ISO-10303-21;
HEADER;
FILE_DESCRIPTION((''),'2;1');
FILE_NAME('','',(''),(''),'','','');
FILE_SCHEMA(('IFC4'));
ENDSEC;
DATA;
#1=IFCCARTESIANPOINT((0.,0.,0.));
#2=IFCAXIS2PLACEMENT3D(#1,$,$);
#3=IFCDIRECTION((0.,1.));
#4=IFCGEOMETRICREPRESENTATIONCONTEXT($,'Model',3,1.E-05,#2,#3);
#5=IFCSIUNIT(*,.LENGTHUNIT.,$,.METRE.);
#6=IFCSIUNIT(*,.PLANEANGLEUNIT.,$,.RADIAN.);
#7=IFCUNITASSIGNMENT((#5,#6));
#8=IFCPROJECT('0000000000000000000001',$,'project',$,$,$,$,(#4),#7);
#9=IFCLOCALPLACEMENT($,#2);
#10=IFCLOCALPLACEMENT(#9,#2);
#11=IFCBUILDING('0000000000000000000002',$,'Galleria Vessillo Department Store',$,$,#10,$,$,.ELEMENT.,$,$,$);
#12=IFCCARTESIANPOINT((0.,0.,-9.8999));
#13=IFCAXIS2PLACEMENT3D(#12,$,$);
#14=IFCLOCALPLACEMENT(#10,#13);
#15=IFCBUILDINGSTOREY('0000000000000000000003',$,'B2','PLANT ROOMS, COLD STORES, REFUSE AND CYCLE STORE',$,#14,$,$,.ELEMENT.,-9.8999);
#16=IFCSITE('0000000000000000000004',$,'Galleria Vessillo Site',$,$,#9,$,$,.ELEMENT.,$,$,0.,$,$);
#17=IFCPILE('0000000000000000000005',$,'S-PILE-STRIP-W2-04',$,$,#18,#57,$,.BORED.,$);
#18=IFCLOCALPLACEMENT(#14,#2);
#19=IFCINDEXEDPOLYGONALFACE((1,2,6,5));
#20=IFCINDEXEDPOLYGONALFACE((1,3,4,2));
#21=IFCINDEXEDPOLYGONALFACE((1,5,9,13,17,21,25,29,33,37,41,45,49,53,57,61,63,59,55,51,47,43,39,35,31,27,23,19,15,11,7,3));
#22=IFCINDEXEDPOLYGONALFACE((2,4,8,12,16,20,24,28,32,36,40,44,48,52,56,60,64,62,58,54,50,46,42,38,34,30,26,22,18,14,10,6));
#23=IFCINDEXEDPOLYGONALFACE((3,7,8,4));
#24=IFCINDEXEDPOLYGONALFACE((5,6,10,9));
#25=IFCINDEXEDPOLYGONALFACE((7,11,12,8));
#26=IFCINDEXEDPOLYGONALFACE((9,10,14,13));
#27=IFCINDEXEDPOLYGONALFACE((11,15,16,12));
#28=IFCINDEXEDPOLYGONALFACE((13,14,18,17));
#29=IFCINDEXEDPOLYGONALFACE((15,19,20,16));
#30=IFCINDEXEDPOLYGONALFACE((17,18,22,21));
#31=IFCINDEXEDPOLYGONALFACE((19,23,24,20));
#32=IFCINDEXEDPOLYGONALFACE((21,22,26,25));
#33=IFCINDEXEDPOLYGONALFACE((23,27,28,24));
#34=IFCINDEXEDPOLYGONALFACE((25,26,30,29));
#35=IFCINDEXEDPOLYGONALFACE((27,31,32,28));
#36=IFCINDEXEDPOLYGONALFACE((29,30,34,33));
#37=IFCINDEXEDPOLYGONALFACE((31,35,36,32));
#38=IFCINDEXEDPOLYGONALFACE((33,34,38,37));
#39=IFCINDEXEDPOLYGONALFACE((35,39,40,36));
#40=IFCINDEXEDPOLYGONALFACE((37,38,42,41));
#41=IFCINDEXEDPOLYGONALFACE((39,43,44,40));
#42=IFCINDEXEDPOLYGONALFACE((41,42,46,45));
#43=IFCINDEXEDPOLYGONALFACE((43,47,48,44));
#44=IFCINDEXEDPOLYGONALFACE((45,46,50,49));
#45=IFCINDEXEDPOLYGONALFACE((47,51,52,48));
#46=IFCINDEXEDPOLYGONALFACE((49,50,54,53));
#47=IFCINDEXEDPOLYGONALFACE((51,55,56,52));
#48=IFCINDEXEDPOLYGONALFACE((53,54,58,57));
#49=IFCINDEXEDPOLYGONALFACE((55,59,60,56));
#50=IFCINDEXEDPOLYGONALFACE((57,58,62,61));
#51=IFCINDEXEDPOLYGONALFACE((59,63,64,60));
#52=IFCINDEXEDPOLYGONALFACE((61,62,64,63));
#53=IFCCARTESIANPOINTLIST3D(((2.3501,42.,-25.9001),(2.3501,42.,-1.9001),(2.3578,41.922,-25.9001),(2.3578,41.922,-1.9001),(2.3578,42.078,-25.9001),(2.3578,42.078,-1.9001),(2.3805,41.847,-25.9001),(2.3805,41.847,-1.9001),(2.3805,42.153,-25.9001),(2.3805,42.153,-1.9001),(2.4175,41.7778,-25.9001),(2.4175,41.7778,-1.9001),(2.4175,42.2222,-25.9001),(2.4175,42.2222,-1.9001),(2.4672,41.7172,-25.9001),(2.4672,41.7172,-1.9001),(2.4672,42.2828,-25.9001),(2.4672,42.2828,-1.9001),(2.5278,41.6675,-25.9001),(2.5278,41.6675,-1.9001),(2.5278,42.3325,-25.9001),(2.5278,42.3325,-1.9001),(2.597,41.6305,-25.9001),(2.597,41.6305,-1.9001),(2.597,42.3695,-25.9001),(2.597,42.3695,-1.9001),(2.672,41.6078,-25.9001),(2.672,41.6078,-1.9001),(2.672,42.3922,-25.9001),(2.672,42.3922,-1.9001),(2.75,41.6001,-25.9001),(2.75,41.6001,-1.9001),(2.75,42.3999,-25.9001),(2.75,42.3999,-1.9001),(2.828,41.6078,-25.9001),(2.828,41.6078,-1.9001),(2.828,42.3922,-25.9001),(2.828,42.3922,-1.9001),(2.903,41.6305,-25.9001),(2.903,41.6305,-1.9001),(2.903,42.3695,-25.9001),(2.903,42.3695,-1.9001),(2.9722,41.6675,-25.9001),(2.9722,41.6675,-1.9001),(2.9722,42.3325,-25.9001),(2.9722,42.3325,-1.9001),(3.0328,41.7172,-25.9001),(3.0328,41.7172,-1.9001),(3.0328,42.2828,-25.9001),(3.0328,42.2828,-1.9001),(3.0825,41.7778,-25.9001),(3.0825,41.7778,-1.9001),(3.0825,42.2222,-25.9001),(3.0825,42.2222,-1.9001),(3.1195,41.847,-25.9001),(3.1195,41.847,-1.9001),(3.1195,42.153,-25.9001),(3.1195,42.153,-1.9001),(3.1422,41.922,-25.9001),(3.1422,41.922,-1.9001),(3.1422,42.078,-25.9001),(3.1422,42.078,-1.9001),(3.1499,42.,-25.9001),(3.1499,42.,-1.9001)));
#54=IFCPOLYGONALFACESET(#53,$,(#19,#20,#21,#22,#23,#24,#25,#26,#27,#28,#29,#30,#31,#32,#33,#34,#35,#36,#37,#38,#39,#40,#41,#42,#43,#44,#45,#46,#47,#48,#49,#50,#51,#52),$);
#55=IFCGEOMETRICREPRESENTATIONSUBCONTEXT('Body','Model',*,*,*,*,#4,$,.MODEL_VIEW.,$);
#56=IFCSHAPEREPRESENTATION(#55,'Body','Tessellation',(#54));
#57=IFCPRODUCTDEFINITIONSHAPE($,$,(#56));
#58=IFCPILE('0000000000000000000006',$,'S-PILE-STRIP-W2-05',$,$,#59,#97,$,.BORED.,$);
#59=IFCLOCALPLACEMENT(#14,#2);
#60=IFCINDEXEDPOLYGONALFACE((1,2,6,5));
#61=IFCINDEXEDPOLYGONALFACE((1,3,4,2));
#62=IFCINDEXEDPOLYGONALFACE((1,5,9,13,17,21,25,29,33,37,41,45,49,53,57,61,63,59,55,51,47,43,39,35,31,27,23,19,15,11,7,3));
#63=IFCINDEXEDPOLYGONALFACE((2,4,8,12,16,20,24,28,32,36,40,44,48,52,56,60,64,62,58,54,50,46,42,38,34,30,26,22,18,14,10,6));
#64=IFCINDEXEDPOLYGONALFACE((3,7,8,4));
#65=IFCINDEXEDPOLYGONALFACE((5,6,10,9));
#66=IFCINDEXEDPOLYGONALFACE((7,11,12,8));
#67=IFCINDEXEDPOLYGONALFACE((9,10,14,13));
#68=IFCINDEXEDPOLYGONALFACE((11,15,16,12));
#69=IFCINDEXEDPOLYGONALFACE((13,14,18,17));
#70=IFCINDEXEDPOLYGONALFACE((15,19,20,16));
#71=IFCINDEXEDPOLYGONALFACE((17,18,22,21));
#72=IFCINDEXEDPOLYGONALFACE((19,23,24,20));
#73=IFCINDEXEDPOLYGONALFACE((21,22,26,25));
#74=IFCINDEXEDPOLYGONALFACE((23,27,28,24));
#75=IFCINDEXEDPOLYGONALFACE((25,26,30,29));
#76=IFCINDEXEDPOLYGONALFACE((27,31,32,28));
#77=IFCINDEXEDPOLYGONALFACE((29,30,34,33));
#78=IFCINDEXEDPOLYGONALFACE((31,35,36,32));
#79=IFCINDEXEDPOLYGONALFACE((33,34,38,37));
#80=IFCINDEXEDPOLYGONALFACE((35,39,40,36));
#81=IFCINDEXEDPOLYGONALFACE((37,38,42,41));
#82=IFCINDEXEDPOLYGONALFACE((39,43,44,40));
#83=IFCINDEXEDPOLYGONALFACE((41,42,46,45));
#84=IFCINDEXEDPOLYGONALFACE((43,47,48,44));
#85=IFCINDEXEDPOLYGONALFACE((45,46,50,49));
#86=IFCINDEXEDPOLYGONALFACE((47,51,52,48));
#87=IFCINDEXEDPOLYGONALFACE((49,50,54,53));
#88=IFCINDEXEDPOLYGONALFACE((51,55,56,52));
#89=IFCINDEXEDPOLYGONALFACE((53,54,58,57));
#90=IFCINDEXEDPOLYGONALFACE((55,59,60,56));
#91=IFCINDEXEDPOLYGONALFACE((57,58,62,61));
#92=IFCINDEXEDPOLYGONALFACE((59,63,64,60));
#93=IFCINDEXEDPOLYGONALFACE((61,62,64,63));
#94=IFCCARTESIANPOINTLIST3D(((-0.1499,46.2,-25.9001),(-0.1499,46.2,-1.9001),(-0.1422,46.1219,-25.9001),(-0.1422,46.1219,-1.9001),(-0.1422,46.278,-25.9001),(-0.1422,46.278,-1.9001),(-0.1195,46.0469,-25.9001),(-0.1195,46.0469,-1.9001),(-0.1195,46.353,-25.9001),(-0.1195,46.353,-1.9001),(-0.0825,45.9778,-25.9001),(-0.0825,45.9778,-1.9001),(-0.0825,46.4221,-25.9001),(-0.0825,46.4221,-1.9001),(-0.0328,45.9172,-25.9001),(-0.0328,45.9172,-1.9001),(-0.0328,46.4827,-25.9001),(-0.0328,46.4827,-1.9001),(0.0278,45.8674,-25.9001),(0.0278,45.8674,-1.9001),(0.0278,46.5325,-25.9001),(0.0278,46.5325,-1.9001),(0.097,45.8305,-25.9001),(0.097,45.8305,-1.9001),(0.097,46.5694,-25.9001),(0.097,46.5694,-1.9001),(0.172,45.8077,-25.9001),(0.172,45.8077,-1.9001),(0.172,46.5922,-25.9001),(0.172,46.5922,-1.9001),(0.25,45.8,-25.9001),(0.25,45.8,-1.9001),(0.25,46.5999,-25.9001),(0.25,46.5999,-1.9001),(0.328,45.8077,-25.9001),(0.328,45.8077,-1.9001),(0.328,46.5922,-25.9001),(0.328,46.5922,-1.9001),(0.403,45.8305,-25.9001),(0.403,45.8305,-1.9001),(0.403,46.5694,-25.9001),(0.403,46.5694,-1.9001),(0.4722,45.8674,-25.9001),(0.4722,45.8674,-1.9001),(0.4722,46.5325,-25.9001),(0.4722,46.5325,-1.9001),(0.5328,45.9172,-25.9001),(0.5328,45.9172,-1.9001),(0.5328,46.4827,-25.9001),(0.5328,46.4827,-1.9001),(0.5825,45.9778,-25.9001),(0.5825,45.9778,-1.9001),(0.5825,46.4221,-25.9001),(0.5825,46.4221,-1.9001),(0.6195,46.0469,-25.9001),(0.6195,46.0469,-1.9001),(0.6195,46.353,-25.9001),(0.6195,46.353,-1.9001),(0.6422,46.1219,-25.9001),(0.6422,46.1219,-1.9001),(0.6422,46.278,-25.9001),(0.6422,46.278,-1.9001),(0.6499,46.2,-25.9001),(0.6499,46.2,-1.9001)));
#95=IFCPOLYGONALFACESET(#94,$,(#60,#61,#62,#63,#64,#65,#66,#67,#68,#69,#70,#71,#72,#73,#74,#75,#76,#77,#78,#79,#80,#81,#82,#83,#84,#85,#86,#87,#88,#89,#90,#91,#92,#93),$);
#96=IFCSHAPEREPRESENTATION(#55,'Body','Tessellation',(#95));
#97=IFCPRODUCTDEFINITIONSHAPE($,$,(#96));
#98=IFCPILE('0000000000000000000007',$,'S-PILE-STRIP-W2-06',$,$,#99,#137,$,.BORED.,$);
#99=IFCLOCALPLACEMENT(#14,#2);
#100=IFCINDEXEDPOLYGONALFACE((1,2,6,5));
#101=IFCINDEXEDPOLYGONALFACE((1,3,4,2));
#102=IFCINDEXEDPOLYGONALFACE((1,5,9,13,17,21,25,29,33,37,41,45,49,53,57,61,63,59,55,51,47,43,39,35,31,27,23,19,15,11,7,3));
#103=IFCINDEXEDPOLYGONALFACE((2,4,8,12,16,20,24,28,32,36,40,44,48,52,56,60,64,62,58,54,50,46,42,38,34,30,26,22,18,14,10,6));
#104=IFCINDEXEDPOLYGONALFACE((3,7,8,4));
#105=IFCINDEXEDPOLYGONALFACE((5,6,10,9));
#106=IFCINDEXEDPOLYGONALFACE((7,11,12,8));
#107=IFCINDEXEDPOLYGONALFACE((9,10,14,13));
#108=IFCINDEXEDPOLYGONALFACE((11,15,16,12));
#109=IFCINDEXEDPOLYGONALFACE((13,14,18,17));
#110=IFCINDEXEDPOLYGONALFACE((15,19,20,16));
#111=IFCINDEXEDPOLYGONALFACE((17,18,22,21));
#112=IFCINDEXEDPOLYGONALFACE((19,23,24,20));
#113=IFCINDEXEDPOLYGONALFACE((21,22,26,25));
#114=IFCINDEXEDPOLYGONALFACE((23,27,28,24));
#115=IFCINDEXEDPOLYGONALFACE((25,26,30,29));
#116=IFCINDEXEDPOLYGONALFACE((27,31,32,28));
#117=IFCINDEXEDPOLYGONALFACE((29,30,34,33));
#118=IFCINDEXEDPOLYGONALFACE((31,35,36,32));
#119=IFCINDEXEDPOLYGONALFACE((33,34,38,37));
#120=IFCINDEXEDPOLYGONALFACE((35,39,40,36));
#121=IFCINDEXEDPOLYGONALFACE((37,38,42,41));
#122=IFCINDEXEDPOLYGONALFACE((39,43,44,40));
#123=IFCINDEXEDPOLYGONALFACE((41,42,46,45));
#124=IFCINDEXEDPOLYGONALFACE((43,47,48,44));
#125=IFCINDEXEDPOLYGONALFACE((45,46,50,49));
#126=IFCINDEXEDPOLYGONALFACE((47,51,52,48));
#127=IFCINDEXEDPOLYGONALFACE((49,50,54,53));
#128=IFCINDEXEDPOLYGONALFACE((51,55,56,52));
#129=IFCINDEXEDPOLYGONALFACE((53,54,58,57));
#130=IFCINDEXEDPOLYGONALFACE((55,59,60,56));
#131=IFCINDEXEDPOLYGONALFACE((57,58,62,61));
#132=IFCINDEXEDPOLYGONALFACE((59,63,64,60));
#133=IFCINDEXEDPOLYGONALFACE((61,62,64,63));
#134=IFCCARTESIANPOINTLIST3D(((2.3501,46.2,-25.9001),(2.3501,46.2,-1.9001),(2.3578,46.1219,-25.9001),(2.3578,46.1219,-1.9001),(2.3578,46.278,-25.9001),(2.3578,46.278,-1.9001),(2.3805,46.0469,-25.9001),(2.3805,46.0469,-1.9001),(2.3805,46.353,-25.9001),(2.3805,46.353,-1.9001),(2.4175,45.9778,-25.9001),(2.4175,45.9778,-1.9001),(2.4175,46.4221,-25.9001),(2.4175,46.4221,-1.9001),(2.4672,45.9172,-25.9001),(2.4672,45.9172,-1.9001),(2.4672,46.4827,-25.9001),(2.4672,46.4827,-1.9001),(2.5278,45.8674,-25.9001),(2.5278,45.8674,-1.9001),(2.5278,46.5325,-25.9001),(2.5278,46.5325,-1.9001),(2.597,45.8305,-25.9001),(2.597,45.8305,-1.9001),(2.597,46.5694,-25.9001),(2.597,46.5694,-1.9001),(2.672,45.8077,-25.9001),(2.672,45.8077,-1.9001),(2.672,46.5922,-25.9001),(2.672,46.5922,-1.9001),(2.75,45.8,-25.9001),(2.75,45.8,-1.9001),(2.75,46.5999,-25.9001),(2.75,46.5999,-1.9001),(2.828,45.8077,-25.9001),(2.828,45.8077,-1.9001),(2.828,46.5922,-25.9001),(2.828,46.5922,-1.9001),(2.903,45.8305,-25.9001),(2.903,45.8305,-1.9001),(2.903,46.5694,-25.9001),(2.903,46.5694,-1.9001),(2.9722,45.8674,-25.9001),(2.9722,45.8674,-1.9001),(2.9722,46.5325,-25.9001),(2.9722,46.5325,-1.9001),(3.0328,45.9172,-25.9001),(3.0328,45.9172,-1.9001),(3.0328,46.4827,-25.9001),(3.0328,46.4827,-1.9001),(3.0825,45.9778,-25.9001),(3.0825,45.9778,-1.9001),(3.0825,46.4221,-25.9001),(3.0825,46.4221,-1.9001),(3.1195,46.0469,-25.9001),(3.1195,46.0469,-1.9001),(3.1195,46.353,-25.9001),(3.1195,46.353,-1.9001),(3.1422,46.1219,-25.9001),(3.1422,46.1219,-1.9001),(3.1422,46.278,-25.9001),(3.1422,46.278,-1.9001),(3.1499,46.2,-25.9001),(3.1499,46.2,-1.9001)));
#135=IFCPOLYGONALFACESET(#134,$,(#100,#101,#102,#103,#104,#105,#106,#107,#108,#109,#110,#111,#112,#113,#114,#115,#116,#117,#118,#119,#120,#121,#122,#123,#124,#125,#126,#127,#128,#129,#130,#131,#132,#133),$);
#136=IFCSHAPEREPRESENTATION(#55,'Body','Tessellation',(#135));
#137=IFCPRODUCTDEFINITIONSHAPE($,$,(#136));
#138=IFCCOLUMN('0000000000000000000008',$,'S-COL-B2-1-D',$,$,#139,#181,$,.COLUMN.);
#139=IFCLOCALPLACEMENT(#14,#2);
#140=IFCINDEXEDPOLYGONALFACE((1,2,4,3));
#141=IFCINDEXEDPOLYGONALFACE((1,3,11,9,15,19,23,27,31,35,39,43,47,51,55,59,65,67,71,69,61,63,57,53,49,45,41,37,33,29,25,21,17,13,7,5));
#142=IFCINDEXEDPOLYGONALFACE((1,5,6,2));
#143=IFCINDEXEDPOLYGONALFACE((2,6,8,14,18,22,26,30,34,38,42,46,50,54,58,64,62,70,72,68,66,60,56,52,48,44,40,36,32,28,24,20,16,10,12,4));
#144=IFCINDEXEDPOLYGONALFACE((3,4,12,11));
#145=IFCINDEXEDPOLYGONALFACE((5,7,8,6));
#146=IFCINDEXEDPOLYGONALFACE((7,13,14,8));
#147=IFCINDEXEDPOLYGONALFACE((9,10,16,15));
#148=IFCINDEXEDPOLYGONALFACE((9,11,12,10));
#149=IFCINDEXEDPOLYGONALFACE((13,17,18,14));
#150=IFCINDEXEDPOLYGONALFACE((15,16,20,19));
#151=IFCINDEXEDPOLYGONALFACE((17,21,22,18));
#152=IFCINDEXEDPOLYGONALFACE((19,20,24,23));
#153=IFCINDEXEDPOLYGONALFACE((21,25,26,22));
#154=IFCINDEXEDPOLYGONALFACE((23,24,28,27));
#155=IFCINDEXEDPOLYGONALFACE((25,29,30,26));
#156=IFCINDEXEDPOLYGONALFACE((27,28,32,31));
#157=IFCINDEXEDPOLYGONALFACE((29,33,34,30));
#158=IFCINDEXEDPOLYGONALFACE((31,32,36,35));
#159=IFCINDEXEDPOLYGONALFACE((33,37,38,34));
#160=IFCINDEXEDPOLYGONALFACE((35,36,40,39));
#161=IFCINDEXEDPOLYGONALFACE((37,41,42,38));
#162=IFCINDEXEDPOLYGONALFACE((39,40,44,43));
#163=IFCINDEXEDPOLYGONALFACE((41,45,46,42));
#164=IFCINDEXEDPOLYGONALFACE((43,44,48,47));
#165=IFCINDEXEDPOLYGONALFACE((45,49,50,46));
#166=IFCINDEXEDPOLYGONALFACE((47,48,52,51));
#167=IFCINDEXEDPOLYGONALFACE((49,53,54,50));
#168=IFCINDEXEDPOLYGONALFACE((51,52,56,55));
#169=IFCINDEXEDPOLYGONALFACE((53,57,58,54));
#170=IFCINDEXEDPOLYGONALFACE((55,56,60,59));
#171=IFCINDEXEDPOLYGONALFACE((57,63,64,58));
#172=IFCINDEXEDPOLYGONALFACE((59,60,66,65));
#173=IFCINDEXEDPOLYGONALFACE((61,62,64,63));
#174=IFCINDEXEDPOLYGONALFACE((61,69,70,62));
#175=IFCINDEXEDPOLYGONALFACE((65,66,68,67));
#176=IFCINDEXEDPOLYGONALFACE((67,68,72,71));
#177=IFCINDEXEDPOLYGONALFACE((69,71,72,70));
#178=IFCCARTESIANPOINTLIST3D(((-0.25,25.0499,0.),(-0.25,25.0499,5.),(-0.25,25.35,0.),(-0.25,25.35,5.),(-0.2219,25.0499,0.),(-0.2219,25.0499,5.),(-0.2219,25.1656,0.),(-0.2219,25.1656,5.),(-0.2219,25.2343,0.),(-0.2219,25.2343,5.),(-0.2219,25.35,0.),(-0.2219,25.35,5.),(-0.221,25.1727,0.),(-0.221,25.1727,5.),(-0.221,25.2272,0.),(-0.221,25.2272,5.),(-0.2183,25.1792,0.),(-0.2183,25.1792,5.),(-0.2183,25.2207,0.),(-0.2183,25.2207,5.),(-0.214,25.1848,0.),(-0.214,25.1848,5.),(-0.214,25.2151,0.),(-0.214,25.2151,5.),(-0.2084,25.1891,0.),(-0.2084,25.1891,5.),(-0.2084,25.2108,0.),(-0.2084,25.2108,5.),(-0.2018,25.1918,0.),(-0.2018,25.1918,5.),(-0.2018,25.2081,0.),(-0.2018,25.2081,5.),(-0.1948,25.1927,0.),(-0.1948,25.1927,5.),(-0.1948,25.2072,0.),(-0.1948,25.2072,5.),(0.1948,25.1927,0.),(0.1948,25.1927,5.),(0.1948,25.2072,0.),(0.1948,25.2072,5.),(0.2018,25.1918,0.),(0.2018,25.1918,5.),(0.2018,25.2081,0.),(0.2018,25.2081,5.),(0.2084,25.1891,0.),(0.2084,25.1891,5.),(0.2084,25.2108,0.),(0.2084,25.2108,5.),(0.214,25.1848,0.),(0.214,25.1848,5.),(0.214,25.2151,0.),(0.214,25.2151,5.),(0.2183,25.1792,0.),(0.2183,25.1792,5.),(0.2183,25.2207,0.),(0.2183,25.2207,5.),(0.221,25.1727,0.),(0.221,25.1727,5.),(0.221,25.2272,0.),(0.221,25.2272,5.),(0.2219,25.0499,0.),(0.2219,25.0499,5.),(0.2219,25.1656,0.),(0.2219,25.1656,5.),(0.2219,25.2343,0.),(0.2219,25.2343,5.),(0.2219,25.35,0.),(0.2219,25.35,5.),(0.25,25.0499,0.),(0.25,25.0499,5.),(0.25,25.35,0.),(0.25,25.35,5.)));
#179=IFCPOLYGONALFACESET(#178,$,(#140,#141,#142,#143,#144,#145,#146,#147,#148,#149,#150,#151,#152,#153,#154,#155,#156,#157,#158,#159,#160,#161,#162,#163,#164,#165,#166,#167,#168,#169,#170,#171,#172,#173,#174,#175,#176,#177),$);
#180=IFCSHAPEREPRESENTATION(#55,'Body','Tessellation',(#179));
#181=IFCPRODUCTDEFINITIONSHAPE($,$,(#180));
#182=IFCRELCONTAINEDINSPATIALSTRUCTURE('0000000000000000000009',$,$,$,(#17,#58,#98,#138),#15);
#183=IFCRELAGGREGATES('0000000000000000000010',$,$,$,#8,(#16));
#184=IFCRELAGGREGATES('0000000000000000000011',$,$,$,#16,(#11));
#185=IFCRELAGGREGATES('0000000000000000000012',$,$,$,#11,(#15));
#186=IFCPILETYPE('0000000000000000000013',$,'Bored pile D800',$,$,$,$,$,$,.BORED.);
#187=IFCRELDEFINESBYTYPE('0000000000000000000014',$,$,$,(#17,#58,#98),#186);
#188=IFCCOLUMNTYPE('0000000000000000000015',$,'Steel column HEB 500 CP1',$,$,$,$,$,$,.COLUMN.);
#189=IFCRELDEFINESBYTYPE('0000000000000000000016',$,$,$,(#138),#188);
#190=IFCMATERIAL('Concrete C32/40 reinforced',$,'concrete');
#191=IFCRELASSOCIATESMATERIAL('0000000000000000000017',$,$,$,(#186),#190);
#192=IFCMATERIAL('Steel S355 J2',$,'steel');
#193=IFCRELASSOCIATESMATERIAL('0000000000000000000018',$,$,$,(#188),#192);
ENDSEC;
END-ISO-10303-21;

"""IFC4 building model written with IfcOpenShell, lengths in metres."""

from ifc_helpers import new_model, si_unit, direction, frame, origin, origin_2d, place, context, subcontext, project, spatial, circle, i_section, extrude, material, material_profile, profile_set, type_object, element, save


model = new_model("IFC4")

# Units and contexts
model_context = context("Model", 3, precision=1e-05, world=origin(), true_north=direction((0.0, 1.0)))
body_context = subcontext(model_context, "Body", "Model", "MODEL_VIEW")
ifc_project = project(units=[si_unit("LENGTHUNIT", "METRE"), si_unit("PLANEANGLEUNIT", "RADIAN")], contexts=[model_context])

# Site, building, storey
site_placement = place(None, origin())
site = spatial("IfcSite", under=ifc_project, at=site_placement, Name="Galleria Vessillo Site", CompositionType="ELEMENT", RefElevation=0.0)
building_placement = place(site_placement, origin())
building = spatial("IfcBuilding", under=site, at=building_placement, Name="Galleria Vessillo Department Store", CompositionType="ELEMENT")
storey_placement = place(building_placement, frame((0.0, 0.0, -9.8999)))
storey = spatial("IfcBuildingStorey", under=building, at=storey_placement, Name="B2", Description="PLANT ROOMS, COLD STORES, REFUSE AND CYCLE STORE", CompositionType="ELEMENT", Elevation=-9.8999)

# Piles
ifc_material_1 = material(Name="Concrete C32/40 reinforced", Category="concrete")
ifc_material_profile_1 = material_profile(ifc_material_1, circle(Radius=0.3999, at=origin_2d()), Name="Bored pile D800")
ifc_profile_set_1 = profile_set([ifc_material_profile_1], Name="Concrete C32/40 reinforced")
pile_type = type_object("IfcPileType", Name="Bored pile D800", PredefinedType="BORED", material=ifc_profile_set_1)
for number, where, z_axis, x_axis, name in (
    (1, (2.75, 42.0, -1.9001), (0.0, 0.0, -1.0), (1.0, 0.0, 0.0), "S-PILE-STRIP-W2-04"),
    (2, (0.25, 46.2, -1.9001), (0.0, 0.0, -1.0), (1.0, 0.0, 0.0), "S-PILE-STRIP-W2-05"),
    (3, (2.75, 46.2, -1.9001), (0.0, 0.0, -1.0), (1.0, 0.0, 0.0), "S-PILE-STRIP-W2-06"),
):
    element("IfcPile", number, at=place(storey_placement, frame(where, z_axis=z_axis, x_axis=x_axis)), inside=storey, type_object=pile_type, Name=name, PredefinedType="BORED", context=body_context, shape_type="SweptSolid", body=[
        extrude(circle(Radius=0.3999, at=origin_2d()), origin(), (0.0, 0.0, 1.0), 24.0),
    ])

# Column
ifc_material_2 = material(Name="Steel S355 J2", Category="steel")
ifc_material_profile_2 = material_profile(ifc_material_2, i_section(OverallWidth=0.3, OverallDepth=0.5, WebThickness=0.0144, FlangeThickness=0.0281, FilletRadius=0.0271, at=origin_2d()), Name="HEB 500")
ifc_profile_set_2 = profile_set([ifc_material_profile_2], Name="Steel S355 J2")
column_type_1 = type_object("IfcColumnType", Name="Steel column HEB 500 CP1", PredefinedType="COLUMN", material=ifc_profile_set_2)
for number, where, z_axis, x_axis, name in (
    (4, (0.0, 25.2, 0.0), (0.0, 0.0, 1.0), (0.0, 1.0, 0.0), "S-COL-B2-1-D"),
):
    element("IfcColumn", number, at=place(storey_placement, frame(where, z_axis=z_axis, x_axis=x_axis)), inside=storey, type_object=column_type_1, Name=name, PredefinedType="COLUMN", context=body_context, shape_type="SweptSolid", body=[
        extrude(i_section(OverallWidth=0.3, OverallDepth=0.5, WebThickness=0.0144, FlangeThickness=0.0281, FilletRadius=0.0271, at=origin_2d()), origin(), (0.0, 0.0, 1.0), 5.0),
    ])

save(model, "model.ifc")
